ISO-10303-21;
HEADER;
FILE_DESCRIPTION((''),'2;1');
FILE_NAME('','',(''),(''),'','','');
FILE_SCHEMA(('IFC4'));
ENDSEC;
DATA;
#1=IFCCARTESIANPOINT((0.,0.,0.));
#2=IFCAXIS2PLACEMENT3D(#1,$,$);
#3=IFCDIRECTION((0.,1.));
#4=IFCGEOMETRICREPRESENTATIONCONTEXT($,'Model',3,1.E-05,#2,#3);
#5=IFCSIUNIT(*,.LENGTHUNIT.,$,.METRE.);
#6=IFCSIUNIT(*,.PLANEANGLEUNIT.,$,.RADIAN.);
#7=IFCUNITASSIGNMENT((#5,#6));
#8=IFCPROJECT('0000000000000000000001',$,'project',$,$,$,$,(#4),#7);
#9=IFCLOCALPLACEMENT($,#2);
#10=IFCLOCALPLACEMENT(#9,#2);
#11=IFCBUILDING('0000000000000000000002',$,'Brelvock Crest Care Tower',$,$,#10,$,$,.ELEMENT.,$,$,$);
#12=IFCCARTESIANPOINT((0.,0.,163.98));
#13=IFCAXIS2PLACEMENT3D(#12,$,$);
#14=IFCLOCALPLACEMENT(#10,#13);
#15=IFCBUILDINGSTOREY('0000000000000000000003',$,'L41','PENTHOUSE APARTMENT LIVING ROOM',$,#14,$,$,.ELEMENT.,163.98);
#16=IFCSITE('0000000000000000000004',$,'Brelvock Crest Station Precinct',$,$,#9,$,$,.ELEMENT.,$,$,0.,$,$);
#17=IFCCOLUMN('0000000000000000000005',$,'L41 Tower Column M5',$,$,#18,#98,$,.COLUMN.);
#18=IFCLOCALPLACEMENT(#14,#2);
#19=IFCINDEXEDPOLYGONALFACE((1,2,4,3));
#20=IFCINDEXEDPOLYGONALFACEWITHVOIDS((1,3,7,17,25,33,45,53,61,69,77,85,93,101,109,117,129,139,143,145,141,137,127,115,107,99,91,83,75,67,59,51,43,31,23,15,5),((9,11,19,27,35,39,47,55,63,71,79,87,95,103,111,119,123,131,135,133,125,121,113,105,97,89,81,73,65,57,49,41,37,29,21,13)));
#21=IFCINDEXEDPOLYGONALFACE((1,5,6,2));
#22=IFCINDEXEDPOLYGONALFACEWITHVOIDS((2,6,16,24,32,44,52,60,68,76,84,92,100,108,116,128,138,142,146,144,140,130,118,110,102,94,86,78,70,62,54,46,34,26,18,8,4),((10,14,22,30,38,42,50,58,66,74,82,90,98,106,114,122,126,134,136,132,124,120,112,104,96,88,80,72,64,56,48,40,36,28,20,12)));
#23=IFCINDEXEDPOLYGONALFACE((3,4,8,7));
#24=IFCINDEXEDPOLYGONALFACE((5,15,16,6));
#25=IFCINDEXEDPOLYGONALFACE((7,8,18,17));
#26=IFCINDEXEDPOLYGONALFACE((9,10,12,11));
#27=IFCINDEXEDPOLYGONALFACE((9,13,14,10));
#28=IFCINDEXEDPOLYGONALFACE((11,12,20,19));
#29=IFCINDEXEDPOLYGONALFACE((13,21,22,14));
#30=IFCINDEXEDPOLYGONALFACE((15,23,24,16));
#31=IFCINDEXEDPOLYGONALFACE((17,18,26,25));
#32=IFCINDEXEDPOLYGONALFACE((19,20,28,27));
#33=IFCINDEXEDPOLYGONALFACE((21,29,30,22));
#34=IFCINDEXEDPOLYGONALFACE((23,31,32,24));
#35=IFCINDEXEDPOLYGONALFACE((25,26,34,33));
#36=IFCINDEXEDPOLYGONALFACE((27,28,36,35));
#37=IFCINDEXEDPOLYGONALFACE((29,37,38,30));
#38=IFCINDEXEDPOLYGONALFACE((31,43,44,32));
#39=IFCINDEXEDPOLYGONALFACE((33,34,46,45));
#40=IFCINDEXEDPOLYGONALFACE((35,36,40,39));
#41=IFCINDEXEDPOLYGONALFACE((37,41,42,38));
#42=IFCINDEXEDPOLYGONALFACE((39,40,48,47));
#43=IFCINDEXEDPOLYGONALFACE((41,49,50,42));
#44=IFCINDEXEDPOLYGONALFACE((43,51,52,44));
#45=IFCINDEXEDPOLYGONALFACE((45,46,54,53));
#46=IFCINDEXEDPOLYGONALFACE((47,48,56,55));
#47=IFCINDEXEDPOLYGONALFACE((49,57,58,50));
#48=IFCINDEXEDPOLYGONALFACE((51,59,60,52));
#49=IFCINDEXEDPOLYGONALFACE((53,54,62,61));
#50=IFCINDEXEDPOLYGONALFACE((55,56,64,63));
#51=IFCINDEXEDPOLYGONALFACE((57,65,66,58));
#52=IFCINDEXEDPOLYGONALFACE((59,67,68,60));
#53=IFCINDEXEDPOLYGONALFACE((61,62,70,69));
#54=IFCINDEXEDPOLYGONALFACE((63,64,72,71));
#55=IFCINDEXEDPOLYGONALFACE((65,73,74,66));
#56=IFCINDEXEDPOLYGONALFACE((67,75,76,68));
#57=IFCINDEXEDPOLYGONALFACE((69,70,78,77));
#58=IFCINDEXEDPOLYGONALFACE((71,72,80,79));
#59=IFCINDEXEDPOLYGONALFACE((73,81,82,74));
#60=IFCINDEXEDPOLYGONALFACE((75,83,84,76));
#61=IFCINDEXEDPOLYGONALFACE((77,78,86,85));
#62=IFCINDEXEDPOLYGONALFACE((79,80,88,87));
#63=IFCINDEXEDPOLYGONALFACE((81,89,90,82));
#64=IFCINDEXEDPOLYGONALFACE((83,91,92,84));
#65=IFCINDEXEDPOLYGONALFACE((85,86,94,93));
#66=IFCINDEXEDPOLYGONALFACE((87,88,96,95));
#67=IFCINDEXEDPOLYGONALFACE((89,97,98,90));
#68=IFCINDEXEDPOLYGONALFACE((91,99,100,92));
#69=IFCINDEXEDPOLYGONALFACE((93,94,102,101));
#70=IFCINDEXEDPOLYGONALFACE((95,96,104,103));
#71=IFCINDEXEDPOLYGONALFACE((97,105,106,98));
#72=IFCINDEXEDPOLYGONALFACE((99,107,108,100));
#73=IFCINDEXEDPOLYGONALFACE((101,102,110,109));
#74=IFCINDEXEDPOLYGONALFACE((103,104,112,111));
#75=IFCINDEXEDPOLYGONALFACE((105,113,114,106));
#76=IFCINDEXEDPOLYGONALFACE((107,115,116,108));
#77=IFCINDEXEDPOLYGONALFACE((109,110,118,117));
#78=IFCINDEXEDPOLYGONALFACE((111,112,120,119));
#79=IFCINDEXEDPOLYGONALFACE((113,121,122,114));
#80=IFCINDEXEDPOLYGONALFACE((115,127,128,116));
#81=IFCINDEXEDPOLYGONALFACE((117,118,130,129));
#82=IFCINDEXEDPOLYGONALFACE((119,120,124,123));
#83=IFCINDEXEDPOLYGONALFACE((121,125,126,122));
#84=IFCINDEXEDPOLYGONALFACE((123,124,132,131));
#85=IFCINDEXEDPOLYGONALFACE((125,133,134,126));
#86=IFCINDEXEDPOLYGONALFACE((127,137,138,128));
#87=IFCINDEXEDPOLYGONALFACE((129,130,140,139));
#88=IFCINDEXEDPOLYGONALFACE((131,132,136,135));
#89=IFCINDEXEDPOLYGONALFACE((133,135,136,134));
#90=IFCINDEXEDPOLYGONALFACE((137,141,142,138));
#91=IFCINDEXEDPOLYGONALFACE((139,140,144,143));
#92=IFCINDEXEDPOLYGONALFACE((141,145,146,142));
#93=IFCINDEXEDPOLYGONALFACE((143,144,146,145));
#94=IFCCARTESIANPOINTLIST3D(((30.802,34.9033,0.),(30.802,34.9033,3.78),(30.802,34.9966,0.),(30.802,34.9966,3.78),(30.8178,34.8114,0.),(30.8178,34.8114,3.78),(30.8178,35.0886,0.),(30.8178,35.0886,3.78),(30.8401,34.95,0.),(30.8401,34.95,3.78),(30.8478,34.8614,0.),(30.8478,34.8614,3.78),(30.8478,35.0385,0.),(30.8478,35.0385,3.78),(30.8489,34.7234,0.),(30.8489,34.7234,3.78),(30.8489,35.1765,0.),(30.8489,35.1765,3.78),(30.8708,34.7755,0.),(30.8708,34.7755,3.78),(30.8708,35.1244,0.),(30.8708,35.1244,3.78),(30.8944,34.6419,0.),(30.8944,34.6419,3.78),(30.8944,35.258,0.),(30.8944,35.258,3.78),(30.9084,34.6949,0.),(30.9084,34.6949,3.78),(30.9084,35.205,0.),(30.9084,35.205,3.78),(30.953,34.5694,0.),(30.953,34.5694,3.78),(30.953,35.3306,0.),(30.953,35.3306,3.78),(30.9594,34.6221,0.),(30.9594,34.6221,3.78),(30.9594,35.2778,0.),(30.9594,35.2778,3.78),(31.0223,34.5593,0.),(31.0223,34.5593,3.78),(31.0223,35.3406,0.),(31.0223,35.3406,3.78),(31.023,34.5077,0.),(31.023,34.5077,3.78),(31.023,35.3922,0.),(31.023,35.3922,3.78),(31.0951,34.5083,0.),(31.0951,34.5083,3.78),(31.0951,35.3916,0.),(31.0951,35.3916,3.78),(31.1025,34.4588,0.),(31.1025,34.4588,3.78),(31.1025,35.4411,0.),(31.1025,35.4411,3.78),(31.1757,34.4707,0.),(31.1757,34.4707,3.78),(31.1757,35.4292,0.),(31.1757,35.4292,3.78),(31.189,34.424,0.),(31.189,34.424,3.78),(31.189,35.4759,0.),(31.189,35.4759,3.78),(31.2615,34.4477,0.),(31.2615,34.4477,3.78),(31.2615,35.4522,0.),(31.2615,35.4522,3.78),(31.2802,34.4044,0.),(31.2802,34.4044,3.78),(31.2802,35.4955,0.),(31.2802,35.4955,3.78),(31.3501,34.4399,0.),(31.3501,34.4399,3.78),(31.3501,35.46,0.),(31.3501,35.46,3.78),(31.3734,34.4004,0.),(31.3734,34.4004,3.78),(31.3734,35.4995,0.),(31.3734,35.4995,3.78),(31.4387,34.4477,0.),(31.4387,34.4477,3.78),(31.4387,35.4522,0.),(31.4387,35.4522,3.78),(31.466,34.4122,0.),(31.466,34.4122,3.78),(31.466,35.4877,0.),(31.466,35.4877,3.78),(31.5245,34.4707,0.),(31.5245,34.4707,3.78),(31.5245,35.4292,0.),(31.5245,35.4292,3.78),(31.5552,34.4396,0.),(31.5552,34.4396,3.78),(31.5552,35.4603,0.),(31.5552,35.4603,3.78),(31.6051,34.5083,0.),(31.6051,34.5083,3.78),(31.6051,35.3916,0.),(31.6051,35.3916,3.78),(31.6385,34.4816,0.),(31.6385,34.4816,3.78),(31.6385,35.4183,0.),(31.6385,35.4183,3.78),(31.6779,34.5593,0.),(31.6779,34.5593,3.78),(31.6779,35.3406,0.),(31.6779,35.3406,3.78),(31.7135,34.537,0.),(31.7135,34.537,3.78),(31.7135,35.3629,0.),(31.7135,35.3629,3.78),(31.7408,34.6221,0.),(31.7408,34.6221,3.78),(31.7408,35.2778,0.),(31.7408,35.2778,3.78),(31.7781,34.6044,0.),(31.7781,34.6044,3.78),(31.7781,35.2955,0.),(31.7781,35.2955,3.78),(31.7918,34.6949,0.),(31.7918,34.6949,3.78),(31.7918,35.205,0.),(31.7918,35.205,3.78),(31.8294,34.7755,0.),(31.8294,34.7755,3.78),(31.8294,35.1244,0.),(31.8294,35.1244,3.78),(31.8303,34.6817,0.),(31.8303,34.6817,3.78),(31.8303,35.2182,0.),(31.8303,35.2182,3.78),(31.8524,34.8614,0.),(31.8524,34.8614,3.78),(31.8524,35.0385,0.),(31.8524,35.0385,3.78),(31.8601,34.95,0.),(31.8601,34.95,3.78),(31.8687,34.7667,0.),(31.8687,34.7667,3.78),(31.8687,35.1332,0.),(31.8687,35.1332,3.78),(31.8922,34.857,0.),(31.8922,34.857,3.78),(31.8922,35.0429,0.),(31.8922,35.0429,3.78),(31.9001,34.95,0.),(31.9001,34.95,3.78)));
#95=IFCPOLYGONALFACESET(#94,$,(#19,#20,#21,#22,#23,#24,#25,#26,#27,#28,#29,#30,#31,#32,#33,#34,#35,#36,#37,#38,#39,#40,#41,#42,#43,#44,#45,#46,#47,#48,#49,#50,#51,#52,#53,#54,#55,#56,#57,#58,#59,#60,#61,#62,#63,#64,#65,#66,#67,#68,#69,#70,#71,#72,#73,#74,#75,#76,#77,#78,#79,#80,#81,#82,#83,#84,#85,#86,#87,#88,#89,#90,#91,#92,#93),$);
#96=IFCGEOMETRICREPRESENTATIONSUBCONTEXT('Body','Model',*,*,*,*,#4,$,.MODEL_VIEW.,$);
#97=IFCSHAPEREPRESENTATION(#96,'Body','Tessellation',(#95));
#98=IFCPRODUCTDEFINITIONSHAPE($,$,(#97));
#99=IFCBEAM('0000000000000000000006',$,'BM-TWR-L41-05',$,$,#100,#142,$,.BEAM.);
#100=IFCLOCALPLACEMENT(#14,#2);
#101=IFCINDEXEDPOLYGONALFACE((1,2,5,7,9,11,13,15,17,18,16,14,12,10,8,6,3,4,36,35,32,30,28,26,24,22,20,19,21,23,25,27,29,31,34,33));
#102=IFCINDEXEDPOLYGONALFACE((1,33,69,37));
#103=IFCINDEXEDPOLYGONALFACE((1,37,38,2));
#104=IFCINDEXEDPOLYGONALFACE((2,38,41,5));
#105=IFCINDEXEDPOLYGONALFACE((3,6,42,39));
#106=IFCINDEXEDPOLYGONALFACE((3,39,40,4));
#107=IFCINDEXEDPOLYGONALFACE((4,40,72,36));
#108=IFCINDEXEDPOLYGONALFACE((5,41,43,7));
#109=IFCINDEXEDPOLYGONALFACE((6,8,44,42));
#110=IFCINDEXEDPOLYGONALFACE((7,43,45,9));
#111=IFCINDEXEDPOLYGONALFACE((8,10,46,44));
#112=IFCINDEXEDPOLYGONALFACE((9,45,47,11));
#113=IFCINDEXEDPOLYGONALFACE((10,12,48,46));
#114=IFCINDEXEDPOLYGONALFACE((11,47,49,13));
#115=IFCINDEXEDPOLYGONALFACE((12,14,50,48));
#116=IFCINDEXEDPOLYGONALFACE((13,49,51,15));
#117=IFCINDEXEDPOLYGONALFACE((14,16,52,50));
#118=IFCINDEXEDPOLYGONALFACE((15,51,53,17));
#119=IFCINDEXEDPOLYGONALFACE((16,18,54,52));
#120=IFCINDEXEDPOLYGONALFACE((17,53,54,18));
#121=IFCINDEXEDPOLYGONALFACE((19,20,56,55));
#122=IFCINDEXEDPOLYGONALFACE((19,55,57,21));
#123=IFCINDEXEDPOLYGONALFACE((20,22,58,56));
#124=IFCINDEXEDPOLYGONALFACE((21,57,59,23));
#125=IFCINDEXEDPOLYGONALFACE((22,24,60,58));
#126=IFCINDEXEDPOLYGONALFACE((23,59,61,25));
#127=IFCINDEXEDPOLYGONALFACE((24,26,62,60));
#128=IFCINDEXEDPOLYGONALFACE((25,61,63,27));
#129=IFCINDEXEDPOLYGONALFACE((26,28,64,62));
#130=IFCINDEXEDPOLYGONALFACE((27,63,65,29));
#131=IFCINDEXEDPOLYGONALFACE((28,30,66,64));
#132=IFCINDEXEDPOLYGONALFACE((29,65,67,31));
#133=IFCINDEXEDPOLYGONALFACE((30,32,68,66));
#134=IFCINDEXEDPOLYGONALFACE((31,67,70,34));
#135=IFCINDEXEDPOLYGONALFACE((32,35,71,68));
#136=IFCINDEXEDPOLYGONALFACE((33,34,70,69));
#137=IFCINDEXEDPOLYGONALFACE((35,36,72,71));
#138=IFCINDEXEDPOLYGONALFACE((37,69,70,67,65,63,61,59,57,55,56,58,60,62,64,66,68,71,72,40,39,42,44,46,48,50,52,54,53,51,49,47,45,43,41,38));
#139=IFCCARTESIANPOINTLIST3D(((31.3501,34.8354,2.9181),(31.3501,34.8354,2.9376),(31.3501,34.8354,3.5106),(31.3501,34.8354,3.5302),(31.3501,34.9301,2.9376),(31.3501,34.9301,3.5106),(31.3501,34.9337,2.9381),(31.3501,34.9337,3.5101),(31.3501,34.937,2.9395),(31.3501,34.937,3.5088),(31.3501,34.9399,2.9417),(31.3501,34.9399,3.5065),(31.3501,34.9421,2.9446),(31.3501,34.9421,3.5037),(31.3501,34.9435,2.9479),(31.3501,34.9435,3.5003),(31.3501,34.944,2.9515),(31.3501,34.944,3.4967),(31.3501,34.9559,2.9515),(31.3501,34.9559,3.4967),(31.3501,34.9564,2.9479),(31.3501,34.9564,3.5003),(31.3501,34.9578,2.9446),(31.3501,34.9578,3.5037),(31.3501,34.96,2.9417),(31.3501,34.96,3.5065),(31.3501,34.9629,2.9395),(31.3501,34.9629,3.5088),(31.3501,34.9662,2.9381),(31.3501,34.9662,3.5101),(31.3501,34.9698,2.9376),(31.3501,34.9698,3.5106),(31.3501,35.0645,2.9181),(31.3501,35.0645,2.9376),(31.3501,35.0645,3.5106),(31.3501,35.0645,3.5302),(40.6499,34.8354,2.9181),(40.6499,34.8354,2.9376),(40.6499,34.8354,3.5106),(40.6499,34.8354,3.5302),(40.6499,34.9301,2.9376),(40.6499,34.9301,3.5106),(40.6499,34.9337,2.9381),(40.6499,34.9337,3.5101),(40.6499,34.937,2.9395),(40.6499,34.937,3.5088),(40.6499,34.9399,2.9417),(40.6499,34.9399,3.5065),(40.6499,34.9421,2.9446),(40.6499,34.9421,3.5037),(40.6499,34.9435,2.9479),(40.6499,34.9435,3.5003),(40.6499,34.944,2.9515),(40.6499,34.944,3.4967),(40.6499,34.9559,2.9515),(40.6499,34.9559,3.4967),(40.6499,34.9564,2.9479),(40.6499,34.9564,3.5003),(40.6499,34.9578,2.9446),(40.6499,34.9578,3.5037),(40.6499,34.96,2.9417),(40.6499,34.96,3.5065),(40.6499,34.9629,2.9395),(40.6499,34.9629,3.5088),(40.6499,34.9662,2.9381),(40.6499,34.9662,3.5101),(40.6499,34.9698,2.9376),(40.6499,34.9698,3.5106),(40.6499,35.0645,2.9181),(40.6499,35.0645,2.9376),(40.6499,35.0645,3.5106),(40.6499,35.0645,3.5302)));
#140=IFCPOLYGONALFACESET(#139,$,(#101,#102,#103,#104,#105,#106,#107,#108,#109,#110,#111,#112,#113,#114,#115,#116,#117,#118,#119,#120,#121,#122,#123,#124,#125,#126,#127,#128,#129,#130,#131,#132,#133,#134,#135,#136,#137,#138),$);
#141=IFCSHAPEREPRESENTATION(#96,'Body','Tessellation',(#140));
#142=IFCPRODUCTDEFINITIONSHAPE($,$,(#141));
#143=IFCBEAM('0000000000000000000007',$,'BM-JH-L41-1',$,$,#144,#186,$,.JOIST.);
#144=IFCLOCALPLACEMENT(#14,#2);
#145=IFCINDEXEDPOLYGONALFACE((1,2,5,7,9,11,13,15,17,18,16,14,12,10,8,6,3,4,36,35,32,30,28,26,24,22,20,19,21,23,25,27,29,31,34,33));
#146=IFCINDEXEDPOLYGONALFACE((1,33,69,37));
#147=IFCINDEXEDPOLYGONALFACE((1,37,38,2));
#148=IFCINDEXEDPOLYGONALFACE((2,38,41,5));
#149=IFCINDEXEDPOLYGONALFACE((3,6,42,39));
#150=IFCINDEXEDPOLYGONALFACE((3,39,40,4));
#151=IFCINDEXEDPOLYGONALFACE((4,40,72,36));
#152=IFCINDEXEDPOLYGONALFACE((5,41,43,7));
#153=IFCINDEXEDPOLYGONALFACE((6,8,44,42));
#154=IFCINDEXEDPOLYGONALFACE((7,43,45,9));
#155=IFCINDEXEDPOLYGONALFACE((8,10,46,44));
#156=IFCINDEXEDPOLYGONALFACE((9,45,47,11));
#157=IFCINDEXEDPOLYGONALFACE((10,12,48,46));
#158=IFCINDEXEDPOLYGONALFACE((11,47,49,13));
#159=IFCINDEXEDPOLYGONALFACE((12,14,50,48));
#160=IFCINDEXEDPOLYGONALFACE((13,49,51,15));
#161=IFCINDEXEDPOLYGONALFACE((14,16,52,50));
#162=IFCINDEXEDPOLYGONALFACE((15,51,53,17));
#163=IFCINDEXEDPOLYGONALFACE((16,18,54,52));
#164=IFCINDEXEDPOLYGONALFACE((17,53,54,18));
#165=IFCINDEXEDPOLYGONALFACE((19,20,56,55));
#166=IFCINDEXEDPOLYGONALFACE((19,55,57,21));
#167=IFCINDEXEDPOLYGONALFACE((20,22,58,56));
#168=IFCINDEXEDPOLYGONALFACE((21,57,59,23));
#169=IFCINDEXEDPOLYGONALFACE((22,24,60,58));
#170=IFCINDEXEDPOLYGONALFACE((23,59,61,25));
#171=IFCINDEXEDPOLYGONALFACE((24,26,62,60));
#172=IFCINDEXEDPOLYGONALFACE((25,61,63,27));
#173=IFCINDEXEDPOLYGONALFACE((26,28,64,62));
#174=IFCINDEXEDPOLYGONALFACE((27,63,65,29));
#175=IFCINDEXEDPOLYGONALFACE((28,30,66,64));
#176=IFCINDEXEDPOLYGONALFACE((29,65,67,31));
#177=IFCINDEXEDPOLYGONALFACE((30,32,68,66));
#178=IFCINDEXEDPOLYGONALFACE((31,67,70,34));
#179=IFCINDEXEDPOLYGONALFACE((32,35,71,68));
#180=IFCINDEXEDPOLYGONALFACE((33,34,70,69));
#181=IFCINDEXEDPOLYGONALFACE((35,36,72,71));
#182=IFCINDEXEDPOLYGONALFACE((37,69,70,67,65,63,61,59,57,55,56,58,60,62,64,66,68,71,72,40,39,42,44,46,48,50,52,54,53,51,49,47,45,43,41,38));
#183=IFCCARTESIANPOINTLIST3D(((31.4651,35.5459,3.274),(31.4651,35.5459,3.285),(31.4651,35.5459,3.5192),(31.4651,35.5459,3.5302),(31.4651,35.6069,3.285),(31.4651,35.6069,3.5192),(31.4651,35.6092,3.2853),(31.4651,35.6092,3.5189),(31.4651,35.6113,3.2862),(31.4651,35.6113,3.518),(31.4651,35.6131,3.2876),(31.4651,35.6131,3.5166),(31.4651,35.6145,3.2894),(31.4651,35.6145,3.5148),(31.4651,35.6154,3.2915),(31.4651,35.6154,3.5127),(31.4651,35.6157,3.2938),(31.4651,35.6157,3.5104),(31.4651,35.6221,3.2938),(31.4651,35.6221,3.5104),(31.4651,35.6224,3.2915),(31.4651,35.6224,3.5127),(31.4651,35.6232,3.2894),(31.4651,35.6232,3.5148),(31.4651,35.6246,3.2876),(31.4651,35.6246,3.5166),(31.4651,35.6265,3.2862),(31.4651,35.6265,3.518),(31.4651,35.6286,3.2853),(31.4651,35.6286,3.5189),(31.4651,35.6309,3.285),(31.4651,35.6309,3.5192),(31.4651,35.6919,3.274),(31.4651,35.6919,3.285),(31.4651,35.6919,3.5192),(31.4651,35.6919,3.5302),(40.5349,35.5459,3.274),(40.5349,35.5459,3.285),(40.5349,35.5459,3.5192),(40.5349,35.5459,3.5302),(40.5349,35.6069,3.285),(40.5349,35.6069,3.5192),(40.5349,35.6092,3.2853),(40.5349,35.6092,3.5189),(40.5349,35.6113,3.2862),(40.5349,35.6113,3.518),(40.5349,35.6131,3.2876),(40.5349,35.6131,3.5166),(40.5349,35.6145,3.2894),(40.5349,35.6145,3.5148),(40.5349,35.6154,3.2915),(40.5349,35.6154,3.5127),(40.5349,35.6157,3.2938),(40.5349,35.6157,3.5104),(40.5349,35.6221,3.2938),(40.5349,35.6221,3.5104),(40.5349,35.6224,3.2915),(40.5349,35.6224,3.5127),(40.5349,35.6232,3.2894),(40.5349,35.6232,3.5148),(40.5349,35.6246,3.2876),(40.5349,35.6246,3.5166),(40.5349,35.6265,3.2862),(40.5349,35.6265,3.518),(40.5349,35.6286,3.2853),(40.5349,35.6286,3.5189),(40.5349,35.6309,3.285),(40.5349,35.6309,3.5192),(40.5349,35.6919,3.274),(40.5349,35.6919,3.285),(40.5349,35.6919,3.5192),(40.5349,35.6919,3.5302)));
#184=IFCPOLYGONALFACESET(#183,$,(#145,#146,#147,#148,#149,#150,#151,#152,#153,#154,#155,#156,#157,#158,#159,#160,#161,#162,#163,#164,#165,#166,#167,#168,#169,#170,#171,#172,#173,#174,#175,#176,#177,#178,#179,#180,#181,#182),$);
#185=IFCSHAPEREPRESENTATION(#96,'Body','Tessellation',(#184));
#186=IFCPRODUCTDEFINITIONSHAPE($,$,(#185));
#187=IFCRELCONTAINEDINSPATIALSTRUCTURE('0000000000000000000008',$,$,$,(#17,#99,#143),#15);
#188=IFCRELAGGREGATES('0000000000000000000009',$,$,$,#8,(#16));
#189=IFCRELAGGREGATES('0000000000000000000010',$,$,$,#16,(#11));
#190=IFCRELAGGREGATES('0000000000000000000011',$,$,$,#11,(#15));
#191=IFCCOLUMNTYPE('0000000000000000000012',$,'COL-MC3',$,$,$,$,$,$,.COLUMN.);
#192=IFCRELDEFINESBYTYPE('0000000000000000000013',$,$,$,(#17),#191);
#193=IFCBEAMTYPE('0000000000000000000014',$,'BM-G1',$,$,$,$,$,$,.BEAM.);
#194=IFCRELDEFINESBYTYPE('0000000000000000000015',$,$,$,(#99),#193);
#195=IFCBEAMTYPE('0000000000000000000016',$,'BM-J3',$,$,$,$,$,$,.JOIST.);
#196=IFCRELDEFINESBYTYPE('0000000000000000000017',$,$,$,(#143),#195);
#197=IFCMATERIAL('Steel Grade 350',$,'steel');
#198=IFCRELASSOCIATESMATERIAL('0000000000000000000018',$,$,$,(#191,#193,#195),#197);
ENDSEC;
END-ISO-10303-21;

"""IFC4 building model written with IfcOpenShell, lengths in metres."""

from ifc_helpers import new_model, si_unit, direction, frame, origin, origin_2d, place, context, subcontext, project, spatial, hollow_circle, i_section, extrude, source, transform, mapped, material, material_profile, profile_set, type_object, element, save


model = new_model("IFC4")

# Units and contexts
model_context = context("Model", 3, precision=1e-05, world=origin(), true_north=direction((0.0, 1.0)))
body_context = subcontext(model_context, "Body", "Model", "MODEL_VIEW")
ifc_project = project(units=[si_unit("LENGTHUNIT", "METRE"), si_unit("PLANEANGLEUNIT", "RADIAN")], contexts=[model_context])

# Site, building, storey
site_placement = place(None, origin())
site = spatial("IfcSite", under=ifc_project, at=site_placement, Name="Brelvock Crest Station Precinct", CompositionType="ELEMENT", RefElevation=0.0)
building_placement = place(site_placement, origin())
building = spatial("IfcBuilding", under=site, at=building_placement, Name="Brelvock Crest Care Tower", CompositionType="ELEMENT")
storey_placement = place(building_placement, frame((0.0, 0.0, 163.98)))
storey = spatial("IfcBuildingStorey", under=building, at=storey_placement, Name="L41", Description="PENTHOUSE APARTMENT LIVING ROOM", CompositionType="ELEMENT", Elevation=163.98)

# Column
ifc_material_1 = material(Name="Steel Grade 350", Category="steel")
ifc_material_profile_1 = material_profile(ifc_material_1, hollow_circle(Radius=0.55, WallThickness=0.04, at=origin_2d()), Name="CFT1100x40")
ifc_profile_set_1 = profile_set([ifc_material_profile_1], Name="Steel Grade 350")
column_type = type_object("IfcColumnType", Name="COL-MC3", PredefinedType="COLUMN", material=ifc_profile_set_1)
shared_shape_1 = source(origin(), body_context, "Body", "SweptSolid", [
    extrude(hollow_circle(Radius=0.55, WallThickness=0.04, at=origin_2d()), origin(), (0.0, 0.0, 1.0), 3.78),
])
column_placement = place(storey_placement, frame((31.3501, 34.95, 0.0), z_axis=(0.0, 0.0, 1.0), x_axis=(1.0, 0.0, 0.0)))
element("IfcColumn", 1, at=column_placement, inside=storey, type_object=column_type, Name="L41 Tower Column M5", PredefinedType="COLUMN", context=body_context, shape_type="MappedRepresentation", body=[
    mapped(shared_shape_1, transform((0.0, 0.0, 0.0), x_axis=(1.0, 0.0, 0.0), y_axis=(0.0, 1.0, 0.0), z_axis=(0.0, 0.0, 1.0), scale=1.0)),
])

# Beams
ifc_material_profile_2 = material_profile(ifc_material_1, i_section(OverallWidth=0.229, OverallDepth=0.6121, WebThickness=0.012, FlangeThickness=0.0195, FilletRadius=0.0139, at=origin_2d()), Name="610UB125")
ifc_profile_set_2 = profile_set([ifc_material_profile_2], Name="Steel Grade 350")
beam_type_1 = type_object("IfcBeamType", Name="BM-G1", PredefinedType="BEAM", material=ifc_profile_set_2)
shared_shape_2 = source(origin(), body_context, "Body", "SweptSolid", [
    extrude(i_section(OverallWidth=0.229, OverallDepth=0.6121, WebThickness=0.012, FlangeThickness=0.0195, FilletRadius=0.0139, at=origin_2d()), origin(), (0.0, 0.0, 1.0), 9.2998),
])
beam_1_placement = place(storey_placement, frame((31.3501, 34.95, 3.2241), z_axis=(1.0, 0.0, 0.0), x_axis=(0.0, 1.0, 0.0)))
element("IfcBeam", 2, at=beam_1_placement, inside=storey, type_object=beam_type_1, Name="BM-TWR-L41-05", PredefinedType="BEAM", context=body_context, shape_type="MappedRepresentation", body=[
    mapped(shared_shape_2, transform((0.0, 0.0, 0.0), x_axis=(1.0, 0.0, 0.0), y_axis=(0.0, 1.0, 0.0), z_axis=(0.0, 0.0, 1.0), scale=1.0)),
])
ifc_material_profile_3 = material_profile(ifc_material_1, i_section(OverallWidth=0.146, OverallDepth=0.2561, WebThickness=0.0063, FlangeThickness=0.011, FilletRadius=0.0088, at=origin_2d()), Name="250UB37.3")
ifc_profile_set_3 = profile_set([ifc_material_profile_3], Name="Steel Grade 350")
beam_type_2 = type_object("IfcBeamType", Name="BM-J3", PredefinedType="JOIST", material=ifc_profile_set_3)
shared_shape_3 = source(origin(), body_context, "Body", "SweptSolid", [
    extrude(i_section(OverallWidth=0.146, OverallDepth=0.2561, WebThickness=0.0063, FlangeThickness=0.011, FilletRadius=0.0088, at=origin_2d()), origin(), (0.0, 0.0, 1.0), 9.0698),
])
for number, where, z_axis, x_axis, name in (
    (3, (31.4651, 35.6189, 3.4021), (1.0, 0.0, 0.0), (0.0, 1.0, 0.0), "BM-JH-L41-1"),
):
    element("IfcBeam", number, at=place(storey_placement, frame(where, z_axis=z_axis, x_axis=x_axis)), inside=storey, type_object=beam_type_2, Name=name, PredefinedType="JOIST", context=body_context, shape_type="MappedRepresentation", body=[
        mapped(shared_shape_3, transform((0.0, 0.0, 0.0), x_axis=(1.0, 0.0, 0.0), y_axis=(0.0, 1.0, 0.0), z_axis=(0.0, 0.0, 1.0), scale=1.0)),
    ])

save(model, "model.ifc")
